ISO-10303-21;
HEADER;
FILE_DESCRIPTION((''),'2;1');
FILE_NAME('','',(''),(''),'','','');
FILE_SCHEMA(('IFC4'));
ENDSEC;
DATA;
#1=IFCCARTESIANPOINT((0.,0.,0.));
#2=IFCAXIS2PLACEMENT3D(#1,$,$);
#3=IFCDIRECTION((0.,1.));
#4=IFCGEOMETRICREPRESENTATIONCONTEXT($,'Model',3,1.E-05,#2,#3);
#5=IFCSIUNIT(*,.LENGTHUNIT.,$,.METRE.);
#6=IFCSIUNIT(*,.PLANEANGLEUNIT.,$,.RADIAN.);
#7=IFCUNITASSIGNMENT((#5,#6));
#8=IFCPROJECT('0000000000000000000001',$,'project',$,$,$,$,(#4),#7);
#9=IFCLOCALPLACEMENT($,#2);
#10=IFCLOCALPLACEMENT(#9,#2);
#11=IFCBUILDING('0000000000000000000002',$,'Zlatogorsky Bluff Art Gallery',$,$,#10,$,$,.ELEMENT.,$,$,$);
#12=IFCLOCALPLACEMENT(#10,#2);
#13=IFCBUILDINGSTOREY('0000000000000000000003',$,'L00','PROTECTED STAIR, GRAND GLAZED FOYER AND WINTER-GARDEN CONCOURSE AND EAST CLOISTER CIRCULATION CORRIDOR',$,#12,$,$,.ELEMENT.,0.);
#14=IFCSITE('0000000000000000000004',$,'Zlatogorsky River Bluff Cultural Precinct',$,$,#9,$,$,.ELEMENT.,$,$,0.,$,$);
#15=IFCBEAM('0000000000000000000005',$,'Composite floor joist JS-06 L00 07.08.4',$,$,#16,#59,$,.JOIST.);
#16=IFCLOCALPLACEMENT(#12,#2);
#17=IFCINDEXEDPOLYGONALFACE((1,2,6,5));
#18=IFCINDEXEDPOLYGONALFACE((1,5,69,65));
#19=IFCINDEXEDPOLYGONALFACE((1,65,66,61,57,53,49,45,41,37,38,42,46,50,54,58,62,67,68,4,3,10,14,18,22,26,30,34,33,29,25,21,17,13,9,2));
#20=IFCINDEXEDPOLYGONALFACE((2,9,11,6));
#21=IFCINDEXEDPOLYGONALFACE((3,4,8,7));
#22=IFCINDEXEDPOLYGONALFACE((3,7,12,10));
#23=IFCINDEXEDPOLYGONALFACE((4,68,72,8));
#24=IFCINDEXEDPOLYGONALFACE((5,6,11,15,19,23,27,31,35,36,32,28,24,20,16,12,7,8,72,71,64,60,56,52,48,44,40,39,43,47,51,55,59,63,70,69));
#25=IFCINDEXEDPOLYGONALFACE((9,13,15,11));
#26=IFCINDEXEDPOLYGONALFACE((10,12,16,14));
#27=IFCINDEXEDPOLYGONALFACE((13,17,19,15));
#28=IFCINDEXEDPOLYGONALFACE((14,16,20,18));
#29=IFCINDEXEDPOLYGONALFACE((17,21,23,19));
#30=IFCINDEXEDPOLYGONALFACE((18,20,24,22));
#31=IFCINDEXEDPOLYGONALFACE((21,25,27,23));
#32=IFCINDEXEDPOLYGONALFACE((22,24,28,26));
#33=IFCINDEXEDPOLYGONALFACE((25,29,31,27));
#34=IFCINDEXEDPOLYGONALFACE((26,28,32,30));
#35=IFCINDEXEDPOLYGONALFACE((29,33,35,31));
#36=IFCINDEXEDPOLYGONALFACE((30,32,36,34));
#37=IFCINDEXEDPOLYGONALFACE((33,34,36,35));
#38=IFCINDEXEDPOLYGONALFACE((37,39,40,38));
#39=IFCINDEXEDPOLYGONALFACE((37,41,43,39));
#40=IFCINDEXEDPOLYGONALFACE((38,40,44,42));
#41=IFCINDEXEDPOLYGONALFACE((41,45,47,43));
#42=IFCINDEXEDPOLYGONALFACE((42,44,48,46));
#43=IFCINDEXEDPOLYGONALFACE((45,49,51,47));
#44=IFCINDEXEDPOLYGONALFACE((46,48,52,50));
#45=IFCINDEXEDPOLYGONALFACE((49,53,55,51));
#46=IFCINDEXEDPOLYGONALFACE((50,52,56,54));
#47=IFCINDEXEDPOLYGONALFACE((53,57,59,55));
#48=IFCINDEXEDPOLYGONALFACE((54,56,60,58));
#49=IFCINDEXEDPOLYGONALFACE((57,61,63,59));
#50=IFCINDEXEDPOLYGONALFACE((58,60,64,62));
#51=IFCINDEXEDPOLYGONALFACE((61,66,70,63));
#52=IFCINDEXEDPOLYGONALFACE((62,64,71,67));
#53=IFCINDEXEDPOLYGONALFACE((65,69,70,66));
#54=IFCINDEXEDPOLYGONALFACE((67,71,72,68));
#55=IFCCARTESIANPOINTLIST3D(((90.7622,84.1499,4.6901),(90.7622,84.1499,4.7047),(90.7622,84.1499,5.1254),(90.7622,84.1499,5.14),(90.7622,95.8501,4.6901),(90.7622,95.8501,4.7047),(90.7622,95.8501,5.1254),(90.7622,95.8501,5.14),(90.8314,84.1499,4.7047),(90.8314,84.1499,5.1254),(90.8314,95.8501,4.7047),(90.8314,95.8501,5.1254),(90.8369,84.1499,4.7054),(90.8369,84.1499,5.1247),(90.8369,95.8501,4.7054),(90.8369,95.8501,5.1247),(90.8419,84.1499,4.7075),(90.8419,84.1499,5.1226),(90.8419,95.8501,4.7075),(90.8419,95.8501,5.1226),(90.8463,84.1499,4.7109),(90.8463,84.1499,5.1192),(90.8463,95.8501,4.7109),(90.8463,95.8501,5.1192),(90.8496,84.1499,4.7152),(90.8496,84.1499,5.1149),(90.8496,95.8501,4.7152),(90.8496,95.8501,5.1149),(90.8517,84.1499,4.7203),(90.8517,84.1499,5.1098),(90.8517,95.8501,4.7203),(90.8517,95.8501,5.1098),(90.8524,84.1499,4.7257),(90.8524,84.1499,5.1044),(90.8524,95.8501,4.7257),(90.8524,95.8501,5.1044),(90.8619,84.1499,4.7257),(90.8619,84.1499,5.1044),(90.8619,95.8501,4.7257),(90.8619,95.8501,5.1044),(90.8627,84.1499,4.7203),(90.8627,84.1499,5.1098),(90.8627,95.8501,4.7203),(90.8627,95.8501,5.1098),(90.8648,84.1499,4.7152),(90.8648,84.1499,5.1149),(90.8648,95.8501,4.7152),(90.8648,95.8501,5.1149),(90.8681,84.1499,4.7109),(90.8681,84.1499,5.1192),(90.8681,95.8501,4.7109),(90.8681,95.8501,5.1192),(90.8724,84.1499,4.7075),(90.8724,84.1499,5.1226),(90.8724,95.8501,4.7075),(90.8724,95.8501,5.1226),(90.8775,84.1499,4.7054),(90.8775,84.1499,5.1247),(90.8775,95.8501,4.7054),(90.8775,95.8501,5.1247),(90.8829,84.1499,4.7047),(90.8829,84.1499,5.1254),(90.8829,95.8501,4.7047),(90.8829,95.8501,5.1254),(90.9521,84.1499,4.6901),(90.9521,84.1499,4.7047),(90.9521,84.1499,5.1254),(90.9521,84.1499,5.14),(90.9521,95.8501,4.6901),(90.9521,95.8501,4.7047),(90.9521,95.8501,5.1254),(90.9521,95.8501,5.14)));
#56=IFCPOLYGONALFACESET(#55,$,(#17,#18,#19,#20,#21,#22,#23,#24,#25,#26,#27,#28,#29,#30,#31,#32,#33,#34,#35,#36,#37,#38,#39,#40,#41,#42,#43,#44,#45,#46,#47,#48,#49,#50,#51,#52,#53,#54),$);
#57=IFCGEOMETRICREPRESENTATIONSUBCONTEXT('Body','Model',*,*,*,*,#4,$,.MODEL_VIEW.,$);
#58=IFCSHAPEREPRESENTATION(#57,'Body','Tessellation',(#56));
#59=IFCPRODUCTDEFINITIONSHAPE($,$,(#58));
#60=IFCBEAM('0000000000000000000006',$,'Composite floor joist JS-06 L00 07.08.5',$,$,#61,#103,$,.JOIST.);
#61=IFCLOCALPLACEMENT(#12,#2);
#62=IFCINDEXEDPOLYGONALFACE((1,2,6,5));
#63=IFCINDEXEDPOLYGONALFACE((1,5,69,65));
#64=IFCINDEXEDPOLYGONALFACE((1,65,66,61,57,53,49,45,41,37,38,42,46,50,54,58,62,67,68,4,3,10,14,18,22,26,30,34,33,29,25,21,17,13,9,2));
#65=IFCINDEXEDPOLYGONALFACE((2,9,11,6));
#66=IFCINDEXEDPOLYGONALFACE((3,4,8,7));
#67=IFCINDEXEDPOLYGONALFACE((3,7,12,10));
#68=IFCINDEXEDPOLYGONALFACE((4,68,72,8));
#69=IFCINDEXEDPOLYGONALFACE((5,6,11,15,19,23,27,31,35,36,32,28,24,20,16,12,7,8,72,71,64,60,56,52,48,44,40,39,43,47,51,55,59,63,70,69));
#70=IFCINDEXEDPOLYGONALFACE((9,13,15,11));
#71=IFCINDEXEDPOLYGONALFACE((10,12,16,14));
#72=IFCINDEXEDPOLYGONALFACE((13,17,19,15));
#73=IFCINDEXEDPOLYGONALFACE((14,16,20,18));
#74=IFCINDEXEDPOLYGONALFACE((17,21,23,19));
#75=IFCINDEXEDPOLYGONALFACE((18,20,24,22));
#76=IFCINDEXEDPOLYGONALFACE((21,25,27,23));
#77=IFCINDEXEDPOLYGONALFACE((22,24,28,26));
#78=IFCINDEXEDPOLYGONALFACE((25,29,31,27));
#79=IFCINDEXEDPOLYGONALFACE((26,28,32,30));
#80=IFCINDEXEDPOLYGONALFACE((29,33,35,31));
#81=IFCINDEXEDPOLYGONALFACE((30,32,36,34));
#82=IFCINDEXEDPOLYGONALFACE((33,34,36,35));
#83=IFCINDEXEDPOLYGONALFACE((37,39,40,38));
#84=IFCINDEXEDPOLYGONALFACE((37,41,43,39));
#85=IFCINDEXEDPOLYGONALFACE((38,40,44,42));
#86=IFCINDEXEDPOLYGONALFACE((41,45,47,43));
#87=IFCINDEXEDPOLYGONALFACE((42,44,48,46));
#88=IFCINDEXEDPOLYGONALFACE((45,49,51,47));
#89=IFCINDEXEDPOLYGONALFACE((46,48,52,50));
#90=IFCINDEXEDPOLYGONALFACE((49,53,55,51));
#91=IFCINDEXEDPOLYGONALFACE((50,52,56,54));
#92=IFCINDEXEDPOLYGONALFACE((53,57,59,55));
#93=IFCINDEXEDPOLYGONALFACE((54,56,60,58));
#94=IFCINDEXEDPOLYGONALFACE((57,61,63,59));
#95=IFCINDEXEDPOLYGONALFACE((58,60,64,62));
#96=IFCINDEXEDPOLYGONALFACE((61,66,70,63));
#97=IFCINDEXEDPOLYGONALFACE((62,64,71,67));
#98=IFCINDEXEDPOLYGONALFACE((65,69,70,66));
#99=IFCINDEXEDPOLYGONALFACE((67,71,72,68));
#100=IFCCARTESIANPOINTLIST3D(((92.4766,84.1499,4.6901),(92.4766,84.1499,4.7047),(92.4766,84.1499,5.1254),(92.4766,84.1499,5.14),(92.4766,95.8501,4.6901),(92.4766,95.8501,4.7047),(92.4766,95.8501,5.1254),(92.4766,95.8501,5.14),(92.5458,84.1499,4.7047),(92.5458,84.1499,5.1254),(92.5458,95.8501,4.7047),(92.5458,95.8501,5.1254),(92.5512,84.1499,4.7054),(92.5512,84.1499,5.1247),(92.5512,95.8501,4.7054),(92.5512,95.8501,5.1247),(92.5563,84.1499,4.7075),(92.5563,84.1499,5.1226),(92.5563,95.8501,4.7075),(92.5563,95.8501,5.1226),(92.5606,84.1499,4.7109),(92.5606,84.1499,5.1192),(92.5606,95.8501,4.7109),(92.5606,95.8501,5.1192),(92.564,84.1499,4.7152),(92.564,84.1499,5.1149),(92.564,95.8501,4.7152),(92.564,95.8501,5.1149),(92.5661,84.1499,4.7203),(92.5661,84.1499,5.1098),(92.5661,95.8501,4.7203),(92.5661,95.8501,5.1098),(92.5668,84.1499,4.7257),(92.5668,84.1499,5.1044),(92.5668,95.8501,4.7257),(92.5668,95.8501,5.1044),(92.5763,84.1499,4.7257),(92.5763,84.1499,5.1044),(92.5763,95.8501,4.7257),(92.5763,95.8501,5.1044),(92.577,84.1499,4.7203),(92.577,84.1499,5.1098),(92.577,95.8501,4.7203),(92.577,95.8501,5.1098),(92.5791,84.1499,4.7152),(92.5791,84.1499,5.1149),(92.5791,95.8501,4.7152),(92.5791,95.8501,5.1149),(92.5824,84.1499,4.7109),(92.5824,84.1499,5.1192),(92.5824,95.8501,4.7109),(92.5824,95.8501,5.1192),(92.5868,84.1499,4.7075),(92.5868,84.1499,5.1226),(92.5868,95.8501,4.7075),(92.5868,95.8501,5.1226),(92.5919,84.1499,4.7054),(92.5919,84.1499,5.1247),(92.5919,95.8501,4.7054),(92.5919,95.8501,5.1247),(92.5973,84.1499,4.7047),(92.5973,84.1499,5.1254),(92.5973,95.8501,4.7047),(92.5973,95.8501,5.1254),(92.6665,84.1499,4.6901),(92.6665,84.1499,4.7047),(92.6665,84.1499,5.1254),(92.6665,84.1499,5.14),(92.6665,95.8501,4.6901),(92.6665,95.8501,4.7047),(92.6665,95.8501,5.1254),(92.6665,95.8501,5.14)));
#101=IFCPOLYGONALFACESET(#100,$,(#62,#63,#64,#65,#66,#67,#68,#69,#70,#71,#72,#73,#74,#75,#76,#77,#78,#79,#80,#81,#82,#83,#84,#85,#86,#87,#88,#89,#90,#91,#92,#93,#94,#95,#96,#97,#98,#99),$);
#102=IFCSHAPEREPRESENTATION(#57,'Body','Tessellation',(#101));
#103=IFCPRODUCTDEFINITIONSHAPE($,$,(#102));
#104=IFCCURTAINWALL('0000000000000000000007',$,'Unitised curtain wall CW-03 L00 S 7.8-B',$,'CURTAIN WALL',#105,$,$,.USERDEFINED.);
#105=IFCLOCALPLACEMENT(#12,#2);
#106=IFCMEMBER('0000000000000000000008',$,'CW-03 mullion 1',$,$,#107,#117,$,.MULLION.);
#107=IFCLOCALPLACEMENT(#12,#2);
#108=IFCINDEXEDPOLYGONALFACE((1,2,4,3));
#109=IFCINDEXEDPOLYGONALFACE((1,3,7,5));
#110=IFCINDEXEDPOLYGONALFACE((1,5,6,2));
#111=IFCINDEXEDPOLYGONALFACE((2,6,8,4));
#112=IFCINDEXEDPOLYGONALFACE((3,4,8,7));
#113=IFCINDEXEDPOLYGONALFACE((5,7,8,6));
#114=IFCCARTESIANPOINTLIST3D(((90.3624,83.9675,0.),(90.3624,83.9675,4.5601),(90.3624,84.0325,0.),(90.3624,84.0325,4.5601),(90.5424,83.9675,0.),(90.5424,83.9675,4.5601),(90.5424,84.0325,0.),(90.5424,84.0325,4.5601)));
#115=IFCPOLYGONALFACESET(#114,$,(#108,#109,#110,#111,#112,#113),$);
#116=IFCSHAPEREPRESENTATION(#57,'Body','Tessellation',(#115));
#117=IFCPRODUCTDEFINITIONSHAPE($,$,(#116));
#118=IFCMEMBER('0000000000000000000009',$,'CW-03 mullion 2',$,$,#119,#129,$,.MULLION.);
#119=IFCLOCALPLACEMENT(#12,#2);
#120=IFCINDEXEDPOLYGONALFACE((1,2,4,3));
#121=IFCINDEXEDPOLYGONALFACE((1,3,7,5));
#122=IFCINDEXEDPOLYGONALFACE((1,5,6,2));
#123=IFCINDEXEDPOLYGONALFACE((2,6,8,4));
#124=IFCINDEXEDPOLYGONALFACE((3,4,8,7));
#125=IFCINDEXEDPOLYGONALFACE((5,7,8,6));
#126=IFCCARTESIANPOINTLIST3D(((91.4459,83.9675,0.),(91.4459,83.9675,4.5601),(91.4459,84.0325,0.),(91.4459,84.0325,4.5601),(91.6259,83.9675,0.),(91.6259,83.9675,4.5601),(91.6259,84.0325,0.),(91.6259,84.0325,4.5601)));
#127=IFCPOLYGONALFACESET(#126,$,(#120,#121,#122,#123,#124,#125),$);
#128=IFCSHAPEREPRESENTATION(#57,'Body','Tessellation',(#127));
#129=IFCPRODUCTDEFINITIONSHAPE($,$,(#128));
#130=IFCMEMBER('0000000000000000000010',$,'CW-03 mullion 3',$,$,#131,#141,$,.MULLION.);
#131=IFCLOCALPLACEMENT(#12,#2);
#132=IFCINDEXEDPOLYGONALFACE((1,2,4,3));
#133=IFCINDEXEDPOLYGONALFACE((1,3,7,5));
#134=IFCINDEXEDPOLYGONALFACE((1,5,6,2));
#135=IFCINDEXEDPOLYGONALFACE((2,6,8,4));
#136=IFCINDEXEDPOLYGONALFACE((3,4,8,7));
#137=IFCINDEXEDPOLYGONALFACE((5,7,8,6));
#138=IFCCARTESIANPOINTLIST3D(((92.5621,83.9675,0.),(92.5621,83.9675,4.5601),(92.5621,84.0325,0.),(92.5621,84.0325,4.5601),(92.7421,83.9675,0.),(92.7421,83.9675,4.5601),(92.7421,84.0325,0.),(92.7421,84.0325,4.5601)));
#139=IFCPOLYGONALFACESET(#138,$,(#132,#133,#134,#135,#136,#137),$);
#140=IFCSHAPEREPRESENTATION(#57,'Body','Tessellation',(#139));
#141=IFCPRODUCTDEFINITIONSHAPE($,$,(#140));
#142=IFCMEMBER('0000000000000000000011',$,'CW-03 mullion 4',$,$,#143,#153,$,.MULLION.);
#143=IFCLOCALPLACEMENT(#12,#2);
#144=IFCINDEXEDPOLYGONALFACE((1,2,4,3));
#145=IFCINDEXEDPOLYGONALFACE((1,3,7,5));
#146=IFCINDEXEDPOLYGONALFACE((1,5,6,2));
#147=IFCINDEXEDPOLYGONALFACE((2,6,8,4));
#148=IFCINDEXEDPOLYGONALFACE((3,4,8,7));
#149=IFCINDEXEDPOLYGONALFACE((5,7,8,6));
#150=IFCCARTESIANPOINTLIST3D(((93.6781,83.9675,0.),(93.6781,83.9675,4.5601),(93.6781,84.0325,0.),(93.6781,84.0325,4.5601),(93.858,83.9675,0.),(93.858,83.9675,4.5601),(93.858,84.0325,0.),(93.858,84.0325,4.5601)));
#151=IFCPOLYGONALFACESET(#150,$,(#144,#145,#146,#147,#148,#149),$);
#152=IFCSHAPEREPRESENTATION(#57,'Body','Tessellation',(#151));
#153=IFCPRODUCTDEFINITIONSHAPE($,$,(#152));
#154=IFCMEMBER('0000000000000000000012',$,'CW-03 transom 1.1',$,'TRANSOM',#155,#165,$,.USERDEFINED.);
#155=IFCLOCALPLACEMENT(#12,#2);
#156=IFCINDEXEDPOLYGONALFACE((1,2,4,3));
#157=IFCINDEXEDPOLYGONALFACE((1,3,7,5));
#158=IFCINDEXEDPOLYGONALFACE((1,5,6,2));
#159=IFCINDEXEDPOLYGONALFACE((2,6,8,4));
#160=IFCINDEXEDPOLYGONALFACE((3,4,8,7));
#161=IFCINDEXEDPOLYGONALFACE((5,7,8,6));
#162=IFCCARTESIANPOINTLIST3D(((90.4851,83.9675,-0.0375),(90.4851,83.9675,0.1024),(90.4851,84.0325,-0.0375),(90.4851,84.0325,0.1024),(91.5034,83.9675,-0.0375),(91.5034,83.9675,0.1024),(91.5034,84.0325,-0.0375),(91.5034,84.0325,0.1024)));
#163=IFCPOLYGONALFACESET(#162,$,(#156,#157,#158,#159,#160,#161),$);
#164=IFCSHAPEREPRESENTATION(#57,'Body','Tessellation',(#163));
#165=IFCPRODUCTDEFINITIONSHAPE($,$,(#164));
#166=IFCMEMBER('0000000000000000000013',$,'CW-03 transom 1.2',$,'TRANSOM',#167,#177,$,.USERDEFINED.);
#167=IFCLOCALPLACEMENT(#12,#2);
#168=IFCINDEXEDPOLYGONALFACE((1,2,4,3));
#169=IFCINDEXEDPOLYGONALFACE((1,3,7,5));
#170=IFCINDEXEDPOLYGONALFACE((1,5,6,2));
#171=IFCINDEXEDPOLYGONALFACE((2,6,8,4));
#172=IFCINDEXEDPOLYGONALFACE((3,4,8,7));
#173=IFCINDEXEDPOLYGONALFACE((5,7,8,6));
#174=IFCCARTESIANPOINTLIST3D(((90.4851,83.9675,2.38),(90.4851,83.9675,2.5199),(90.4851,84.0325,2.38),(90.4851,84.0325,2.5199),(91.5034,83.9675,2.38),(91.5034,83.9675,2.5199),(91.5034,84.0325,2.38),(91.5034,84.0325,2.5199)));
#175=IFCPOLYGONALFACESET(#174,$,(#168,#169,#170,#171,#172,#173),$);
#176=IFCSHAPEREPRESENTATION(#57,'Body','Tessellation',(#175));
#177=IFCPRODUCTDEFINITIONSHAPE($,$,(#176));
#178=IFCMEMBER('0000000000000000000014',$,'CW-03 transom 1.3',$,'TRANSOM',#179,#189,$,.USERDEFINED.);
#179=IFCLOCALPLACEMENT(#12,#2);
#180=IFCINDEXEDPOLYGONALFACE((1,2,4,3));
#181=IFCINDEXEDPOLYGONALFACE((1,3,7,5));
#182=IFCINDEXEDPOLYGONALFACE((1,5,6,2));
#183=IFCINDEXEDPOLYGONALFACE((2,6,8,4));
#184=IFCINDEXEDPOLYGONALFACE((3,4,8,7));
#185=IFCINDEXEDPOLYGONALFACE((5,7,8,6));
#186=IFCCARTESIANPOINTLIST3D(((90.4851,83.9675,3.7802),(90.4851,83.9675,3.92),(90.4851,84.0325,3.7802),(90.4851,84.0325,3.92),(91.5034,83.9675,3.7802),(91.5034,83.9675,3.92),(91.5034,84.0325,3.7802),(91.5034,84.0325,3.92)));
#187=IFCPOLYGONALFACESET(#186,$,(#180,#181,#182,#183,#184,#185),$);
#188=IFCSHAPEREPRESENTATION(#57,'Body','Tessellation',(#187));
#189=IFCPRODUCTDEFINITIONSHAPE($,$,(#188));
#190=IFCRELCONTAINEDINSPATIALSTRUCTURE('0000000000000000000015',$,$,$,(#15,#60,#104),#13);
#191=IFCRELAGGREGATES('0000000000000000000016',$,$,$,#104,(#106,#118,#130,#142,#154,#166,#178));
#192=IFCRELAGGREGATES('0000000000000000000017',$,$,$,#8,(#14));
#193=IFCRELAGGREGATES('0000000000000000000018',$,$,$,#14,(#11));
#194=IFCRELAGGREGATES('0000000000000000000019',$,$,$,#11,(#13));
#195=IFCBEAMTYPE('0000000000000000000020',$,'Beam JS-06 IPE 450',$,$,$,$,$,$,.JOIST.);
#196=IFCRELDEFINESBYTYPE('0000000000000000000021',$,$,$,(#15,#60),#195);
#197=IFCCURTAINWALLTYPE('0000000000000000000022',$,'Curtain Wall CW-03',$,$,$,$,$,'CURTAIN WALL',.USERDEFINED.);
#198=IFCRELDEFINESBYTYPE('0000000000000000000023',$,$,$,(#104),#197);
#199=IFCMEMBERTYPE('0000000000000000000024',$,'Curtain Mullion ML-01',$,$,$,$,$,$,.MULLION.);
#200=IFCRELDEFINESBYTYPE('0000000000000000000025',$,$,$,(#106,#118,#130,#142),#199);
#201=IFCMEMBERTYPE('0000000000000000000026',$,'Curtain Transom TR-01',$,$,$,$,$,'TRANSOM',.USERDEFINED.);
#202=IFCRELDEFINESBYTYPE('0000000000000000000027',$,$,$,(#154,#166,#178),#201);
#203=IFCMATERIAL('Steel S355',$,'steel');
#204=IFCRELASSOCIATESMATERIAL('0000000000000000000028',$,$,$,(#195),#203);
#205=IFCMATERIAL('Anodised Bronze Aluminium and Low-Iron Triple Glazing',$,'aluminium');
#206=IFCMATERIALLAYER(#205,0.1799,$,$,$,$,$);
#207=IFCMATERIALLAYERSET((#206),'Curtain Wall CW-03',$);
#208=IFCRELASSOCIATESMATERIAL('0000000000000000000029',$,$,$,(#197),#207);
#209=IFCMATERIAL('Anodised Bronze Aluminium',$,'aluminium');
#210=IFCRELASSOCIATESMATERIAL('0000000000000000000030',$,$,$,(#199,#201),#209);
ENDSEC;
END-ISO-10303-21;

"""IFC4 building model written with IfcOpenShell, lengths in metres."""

from ifc_helpers import new_model, si_unit, direction, frame, origin, origin_2d, place, context, subcontext, project, spatial, rectangle, i_section, extrude, material, layer, layer_set, material_profile, profile_set, type_object, element, aggregate, save


model = new_model("IFC4")

# Units and contexts
model_context = context("Model", 3, precision=1e-05, world=origin(), true_north=direction((0.0, 1.0)))
body_context = subcontext(model_context, "Body", "Model", "MODEL_VIEW")
ifc_project = project(units=[si_unit("LENGTHUNIT", "METRE"), si_unit("PLANEANGLEUNIT", "RADIAN")], contexts=[model_context])

# Site, building, storey
site_placement = place(None, origin())
site = spatial("IfcSite", under=ifc_project, at=site_placement, Name="Zlatogorsky River Bluff Cultural Precinct", CompositionType="ELEMENT", RefElevation=0.0)
building_placement = place(site_placement, origin())
building = spatial("IfcBuilding", under=site, at=building_placement, Name="Zlatogorsky Bluff Art Gallery", CompositionType="ELEMENT")
storey_placement = place(building_placement, origin())
storey = spatial("IfcBuildingStorey", under=building, at=storey_placement, Name="L00", Description="PROTECTED STAIR, GRAND GLAZED FOYER AND WINTER-GARDEN CONCOURSE AND EAST CLOISTER CIRCULATION CORRIDOR", CompositionType="ELEMENT", Elevation=0.0)

# Beams
ifc_material_1 = material(Name="Steel S355", Category="steel")
ifc_material_profile_1 = material_profile(ifc_material_1, i_section(OverallWidth=0.1899, OverallDepth=0.45, WebThickness=0.0095, FlangeThickness=0.0146, FilletRadius=0.021, at=origin_2d()), Name="IPE 450")
ifc_profile_set_1 = profile_set([ifc_material_profile_1], Name="Steel S355")
beam_type = type_object("IfcBeamType", Name="Beam JS-06 IPE 450", PredefinedType="JOIST", material=ifc_profile_set_1)
for number, where, z_axis, x_axis, name in (
    (1, (90.8572, 84.1499, 4.915), (0.0, 1.0, 0.0), (-1.0, 0.0, 0.0), "Composite floor joist JS-06 L00 07.08.4"),
    (2, (92.5715, 84.1499, 4.915), (0.0, 1.0, 0.0), (-1.0, 0.0, 0.0), "Composite floor joist JS-06 L00 07.08.5"),
):
    element("IfcBeam", number, at=place(storey_placement, frame(where, z_axis=z_axis, x_axis=x_axis)), inside=storey, type_object=beam_type, Name=name, PredefinedType="JOIST", context=body_context, shape_type="SweptSolid", body=[
        extrude(i_section(OverallWidth=0.1899, OverallDepth=0.45, WebThickness=0.0095, FlangeThickness=0.0146, FilletRadius=0.021, at=origin_2d()), origin(), (0.0, 0.0, 1.0), 11.7002),
    ])

# Curtain wall, members
ifc_material_2 = material(Name="Anodised Bronze Aluminium and Low-Iron Triple Glazing", Category="aluminium")
ifc_layer_1 = layer(ifc_material_2, 0.1799)
ifc_layer_set_1 = layer_set([ifc_layer_1], Name="Curtain Wall CW-03")
curtain_wall_type = type_object("IfcCurtainWallType", Name="Curtain Wall CW-03", ElementType="CURTAIN WALL", PredefinedType="USERDEFINED", material=ifc_layer_set_1)
curtain_wall_placement = place(storey_placement, origin())
curtain_wall = element("IfcCurtainWall", 3, at=curtain_wall_placement, inside=storey, type_object=curtain_wall_type, Name="Unitised curtain wall CW-03 L00 S 7.8-B", ObjectType="CURTAIN WALL", PredefinedType="USERDEFINED")
ifc_material_3 = material(Name="Anodised Bronze Aluminium", Category="aluminium")
ifc_material_profile_2 = material_profile(ifc_material_3, rectangle(XDim=0.0649, YDim=0.1799, at=origin_2d()), Name="ALU MULLION 65x180")
ifc_profile_set_2 = profile_set([ifc_material_profile_2], Name="Anodised Bronze Aluminium")
member_type_1 = type_object("IfcMemberType", Name="Curtain Mullion ML-01", PredefinedType="MULLION", material=ifc_profile_set_2)
member_1_placement = place(storey_placement, frame((90.4524, 84.0, 0.0), z_axis=(0.0, 0.0, 1.0), x_axis=(0.0, 1.0, 0.0)))
member_1 = element("IfcMember", 4, at=member_1_placement, type_object=member_type_1, Name="CW-03 mullion 1", PredefinedType="MULLION", context=body_context, shape_type="SweptSolid", body=[
    extrude(rectangle(XDim=0.0649, YDim=0.1799, at=origin_2d()), origin(), (0.0, 0.0, 1.0), 4.5601),
])
member_2_placement = place(storey_placement, frame((91.5359, 84.0, 0.0), z_axis=(0.0, 0.0, 1.0), x_axis=(0.0, 1.0, 0.0)))
member_2 = element("IfcMember", 5, at=member_2_placement, type_object=member_type_1, Name="CW-03 mullion 2", PredefinedType="MULLION", context=body_context, shape_type="SweptSolid", body=[
    extrude(rectangle(XDim=0.0649, YDim=0.1799, at=origin_2d()), origin(), (0.0, 0.0, 1.0), 4.5601),
])
member_3_placement = place(storey_placement, frame((92.6521, 84.0, 0.0), z_axis=(0.0, 0.0, 1.0), x_axis=(0.0, 1.0, 0.0)))
member_3 = element("IfcMember", 6, at=member_3_placement, type_object=member_type_1, Name="CW-03 mullion 3", PredefinedType="MULLION", context=body_context, shape_type="SweptSolid", body=[
    extrude(rectangle(XDim=0.0649, YDim=0.1799, at=origin_2d()), origin(), (0.0, 0.0, 1.0), 4.5601),
])
member_4_placement = place(storey_placement, frame((93.7681, 84.0, 0.0), z_axis=(0.0, 0.0, 1.0), x_axis=(0.0, 1.0, 0.0)))
member_4 = element("IfcMember", 7, at=member_4_placement, type_object=member_type_1, Name="CW-03 mullion 4", PredefinedType="MULLION", context=body_context, shape_type="SweptSolid", body=[
    extrude(rectangle(XDim=0.0649, YDim=0.1799, at=origin_2d()), origin(), (0.0, 0.0, 1.0), 4.5601),
])
ifc_material_profile_3 = material_profile(ifc_material_3, rectangle(XDim=0.0649, YDim=0.1399, at=origin_2d()), Name="ALU TRANSOM 65x140")
ifc_profile_set_3 = profile_set([ifc_material_profile_3], Name="Anodised Bronze Aluminium")
member_type_2 = type_object("IfcMemberType", Name="Curtain Transom TR-01", ElementType="TRANSOM", PredefinedType="USERDEFINED", material=ifc_profile_set_3)
member_5_placement = place(storey_placement, frame((90.4851, 84.0, 0.0325), z_axis=(1.0, 0.0, 0.0), x_axis=(0.0, 1.0, 0.0)))
member_5 = element("IfcMember", 8, at=member_5_placement, type_object=member_type_2, Name="CW-03 transom 1.1", ObjectType="TRANSOM", PredefinedType="USERDEFINED", context=body_context, shape_type="SweptSolid", body=[
    extrude(rectangle(XDim=0.0649, YDim=0.1399, at=origin_2d()), origin(), (0.0, 0.0, 1.0), 1.0183),
])
member_6_placement = place(storey_placement, frame((90.4851, 84.0, 2.45), z_axis=(1.0, 0.0, 0.0), x_axis=(0.0, 1.0, 0.0)))
member_6 = element("IfcMember", 9, at=member_6_placement, type_object=member_type_2, Name="CW-03 transom 1.2", ObjectType="TRANSOM", PredefinedType="USERDEFINED", context=body_context, shape_type="SweptSolid", body=[
    extrude(rectangle(XDim=0.0649, YDim=0.1399, at=origin_2d()), origin(), (0.0, 0.0, 1.0), 1.0183),
])
member_7_placement = place(storey_placement, frame((90.4851, 84.0, 3.8501), z_axis=(1.0, 0.0, 0.0), x_axis=(0.0, 1.0, 0.0)))
member_7 = element("IfcMember", 10, at=member_7_placement, type_object=member_type_2, Name="CW-03 transom 1.3", ObjectType="TRANSOM", PredefinedType="USERDEFINED", context=body_context, shape_type="SweptSolid", body=[
    extrude(rectangle(XDim=0.0649, YDim=0.1399, at=origin_2d()), origin(), (0.0, 0.0, 1.0), 1.0183),
])
aggregate(curtain_wall, [member_1, member_2, member_3, member_4, member_5, member_6, member_7])

save(model, "model.ifc")
